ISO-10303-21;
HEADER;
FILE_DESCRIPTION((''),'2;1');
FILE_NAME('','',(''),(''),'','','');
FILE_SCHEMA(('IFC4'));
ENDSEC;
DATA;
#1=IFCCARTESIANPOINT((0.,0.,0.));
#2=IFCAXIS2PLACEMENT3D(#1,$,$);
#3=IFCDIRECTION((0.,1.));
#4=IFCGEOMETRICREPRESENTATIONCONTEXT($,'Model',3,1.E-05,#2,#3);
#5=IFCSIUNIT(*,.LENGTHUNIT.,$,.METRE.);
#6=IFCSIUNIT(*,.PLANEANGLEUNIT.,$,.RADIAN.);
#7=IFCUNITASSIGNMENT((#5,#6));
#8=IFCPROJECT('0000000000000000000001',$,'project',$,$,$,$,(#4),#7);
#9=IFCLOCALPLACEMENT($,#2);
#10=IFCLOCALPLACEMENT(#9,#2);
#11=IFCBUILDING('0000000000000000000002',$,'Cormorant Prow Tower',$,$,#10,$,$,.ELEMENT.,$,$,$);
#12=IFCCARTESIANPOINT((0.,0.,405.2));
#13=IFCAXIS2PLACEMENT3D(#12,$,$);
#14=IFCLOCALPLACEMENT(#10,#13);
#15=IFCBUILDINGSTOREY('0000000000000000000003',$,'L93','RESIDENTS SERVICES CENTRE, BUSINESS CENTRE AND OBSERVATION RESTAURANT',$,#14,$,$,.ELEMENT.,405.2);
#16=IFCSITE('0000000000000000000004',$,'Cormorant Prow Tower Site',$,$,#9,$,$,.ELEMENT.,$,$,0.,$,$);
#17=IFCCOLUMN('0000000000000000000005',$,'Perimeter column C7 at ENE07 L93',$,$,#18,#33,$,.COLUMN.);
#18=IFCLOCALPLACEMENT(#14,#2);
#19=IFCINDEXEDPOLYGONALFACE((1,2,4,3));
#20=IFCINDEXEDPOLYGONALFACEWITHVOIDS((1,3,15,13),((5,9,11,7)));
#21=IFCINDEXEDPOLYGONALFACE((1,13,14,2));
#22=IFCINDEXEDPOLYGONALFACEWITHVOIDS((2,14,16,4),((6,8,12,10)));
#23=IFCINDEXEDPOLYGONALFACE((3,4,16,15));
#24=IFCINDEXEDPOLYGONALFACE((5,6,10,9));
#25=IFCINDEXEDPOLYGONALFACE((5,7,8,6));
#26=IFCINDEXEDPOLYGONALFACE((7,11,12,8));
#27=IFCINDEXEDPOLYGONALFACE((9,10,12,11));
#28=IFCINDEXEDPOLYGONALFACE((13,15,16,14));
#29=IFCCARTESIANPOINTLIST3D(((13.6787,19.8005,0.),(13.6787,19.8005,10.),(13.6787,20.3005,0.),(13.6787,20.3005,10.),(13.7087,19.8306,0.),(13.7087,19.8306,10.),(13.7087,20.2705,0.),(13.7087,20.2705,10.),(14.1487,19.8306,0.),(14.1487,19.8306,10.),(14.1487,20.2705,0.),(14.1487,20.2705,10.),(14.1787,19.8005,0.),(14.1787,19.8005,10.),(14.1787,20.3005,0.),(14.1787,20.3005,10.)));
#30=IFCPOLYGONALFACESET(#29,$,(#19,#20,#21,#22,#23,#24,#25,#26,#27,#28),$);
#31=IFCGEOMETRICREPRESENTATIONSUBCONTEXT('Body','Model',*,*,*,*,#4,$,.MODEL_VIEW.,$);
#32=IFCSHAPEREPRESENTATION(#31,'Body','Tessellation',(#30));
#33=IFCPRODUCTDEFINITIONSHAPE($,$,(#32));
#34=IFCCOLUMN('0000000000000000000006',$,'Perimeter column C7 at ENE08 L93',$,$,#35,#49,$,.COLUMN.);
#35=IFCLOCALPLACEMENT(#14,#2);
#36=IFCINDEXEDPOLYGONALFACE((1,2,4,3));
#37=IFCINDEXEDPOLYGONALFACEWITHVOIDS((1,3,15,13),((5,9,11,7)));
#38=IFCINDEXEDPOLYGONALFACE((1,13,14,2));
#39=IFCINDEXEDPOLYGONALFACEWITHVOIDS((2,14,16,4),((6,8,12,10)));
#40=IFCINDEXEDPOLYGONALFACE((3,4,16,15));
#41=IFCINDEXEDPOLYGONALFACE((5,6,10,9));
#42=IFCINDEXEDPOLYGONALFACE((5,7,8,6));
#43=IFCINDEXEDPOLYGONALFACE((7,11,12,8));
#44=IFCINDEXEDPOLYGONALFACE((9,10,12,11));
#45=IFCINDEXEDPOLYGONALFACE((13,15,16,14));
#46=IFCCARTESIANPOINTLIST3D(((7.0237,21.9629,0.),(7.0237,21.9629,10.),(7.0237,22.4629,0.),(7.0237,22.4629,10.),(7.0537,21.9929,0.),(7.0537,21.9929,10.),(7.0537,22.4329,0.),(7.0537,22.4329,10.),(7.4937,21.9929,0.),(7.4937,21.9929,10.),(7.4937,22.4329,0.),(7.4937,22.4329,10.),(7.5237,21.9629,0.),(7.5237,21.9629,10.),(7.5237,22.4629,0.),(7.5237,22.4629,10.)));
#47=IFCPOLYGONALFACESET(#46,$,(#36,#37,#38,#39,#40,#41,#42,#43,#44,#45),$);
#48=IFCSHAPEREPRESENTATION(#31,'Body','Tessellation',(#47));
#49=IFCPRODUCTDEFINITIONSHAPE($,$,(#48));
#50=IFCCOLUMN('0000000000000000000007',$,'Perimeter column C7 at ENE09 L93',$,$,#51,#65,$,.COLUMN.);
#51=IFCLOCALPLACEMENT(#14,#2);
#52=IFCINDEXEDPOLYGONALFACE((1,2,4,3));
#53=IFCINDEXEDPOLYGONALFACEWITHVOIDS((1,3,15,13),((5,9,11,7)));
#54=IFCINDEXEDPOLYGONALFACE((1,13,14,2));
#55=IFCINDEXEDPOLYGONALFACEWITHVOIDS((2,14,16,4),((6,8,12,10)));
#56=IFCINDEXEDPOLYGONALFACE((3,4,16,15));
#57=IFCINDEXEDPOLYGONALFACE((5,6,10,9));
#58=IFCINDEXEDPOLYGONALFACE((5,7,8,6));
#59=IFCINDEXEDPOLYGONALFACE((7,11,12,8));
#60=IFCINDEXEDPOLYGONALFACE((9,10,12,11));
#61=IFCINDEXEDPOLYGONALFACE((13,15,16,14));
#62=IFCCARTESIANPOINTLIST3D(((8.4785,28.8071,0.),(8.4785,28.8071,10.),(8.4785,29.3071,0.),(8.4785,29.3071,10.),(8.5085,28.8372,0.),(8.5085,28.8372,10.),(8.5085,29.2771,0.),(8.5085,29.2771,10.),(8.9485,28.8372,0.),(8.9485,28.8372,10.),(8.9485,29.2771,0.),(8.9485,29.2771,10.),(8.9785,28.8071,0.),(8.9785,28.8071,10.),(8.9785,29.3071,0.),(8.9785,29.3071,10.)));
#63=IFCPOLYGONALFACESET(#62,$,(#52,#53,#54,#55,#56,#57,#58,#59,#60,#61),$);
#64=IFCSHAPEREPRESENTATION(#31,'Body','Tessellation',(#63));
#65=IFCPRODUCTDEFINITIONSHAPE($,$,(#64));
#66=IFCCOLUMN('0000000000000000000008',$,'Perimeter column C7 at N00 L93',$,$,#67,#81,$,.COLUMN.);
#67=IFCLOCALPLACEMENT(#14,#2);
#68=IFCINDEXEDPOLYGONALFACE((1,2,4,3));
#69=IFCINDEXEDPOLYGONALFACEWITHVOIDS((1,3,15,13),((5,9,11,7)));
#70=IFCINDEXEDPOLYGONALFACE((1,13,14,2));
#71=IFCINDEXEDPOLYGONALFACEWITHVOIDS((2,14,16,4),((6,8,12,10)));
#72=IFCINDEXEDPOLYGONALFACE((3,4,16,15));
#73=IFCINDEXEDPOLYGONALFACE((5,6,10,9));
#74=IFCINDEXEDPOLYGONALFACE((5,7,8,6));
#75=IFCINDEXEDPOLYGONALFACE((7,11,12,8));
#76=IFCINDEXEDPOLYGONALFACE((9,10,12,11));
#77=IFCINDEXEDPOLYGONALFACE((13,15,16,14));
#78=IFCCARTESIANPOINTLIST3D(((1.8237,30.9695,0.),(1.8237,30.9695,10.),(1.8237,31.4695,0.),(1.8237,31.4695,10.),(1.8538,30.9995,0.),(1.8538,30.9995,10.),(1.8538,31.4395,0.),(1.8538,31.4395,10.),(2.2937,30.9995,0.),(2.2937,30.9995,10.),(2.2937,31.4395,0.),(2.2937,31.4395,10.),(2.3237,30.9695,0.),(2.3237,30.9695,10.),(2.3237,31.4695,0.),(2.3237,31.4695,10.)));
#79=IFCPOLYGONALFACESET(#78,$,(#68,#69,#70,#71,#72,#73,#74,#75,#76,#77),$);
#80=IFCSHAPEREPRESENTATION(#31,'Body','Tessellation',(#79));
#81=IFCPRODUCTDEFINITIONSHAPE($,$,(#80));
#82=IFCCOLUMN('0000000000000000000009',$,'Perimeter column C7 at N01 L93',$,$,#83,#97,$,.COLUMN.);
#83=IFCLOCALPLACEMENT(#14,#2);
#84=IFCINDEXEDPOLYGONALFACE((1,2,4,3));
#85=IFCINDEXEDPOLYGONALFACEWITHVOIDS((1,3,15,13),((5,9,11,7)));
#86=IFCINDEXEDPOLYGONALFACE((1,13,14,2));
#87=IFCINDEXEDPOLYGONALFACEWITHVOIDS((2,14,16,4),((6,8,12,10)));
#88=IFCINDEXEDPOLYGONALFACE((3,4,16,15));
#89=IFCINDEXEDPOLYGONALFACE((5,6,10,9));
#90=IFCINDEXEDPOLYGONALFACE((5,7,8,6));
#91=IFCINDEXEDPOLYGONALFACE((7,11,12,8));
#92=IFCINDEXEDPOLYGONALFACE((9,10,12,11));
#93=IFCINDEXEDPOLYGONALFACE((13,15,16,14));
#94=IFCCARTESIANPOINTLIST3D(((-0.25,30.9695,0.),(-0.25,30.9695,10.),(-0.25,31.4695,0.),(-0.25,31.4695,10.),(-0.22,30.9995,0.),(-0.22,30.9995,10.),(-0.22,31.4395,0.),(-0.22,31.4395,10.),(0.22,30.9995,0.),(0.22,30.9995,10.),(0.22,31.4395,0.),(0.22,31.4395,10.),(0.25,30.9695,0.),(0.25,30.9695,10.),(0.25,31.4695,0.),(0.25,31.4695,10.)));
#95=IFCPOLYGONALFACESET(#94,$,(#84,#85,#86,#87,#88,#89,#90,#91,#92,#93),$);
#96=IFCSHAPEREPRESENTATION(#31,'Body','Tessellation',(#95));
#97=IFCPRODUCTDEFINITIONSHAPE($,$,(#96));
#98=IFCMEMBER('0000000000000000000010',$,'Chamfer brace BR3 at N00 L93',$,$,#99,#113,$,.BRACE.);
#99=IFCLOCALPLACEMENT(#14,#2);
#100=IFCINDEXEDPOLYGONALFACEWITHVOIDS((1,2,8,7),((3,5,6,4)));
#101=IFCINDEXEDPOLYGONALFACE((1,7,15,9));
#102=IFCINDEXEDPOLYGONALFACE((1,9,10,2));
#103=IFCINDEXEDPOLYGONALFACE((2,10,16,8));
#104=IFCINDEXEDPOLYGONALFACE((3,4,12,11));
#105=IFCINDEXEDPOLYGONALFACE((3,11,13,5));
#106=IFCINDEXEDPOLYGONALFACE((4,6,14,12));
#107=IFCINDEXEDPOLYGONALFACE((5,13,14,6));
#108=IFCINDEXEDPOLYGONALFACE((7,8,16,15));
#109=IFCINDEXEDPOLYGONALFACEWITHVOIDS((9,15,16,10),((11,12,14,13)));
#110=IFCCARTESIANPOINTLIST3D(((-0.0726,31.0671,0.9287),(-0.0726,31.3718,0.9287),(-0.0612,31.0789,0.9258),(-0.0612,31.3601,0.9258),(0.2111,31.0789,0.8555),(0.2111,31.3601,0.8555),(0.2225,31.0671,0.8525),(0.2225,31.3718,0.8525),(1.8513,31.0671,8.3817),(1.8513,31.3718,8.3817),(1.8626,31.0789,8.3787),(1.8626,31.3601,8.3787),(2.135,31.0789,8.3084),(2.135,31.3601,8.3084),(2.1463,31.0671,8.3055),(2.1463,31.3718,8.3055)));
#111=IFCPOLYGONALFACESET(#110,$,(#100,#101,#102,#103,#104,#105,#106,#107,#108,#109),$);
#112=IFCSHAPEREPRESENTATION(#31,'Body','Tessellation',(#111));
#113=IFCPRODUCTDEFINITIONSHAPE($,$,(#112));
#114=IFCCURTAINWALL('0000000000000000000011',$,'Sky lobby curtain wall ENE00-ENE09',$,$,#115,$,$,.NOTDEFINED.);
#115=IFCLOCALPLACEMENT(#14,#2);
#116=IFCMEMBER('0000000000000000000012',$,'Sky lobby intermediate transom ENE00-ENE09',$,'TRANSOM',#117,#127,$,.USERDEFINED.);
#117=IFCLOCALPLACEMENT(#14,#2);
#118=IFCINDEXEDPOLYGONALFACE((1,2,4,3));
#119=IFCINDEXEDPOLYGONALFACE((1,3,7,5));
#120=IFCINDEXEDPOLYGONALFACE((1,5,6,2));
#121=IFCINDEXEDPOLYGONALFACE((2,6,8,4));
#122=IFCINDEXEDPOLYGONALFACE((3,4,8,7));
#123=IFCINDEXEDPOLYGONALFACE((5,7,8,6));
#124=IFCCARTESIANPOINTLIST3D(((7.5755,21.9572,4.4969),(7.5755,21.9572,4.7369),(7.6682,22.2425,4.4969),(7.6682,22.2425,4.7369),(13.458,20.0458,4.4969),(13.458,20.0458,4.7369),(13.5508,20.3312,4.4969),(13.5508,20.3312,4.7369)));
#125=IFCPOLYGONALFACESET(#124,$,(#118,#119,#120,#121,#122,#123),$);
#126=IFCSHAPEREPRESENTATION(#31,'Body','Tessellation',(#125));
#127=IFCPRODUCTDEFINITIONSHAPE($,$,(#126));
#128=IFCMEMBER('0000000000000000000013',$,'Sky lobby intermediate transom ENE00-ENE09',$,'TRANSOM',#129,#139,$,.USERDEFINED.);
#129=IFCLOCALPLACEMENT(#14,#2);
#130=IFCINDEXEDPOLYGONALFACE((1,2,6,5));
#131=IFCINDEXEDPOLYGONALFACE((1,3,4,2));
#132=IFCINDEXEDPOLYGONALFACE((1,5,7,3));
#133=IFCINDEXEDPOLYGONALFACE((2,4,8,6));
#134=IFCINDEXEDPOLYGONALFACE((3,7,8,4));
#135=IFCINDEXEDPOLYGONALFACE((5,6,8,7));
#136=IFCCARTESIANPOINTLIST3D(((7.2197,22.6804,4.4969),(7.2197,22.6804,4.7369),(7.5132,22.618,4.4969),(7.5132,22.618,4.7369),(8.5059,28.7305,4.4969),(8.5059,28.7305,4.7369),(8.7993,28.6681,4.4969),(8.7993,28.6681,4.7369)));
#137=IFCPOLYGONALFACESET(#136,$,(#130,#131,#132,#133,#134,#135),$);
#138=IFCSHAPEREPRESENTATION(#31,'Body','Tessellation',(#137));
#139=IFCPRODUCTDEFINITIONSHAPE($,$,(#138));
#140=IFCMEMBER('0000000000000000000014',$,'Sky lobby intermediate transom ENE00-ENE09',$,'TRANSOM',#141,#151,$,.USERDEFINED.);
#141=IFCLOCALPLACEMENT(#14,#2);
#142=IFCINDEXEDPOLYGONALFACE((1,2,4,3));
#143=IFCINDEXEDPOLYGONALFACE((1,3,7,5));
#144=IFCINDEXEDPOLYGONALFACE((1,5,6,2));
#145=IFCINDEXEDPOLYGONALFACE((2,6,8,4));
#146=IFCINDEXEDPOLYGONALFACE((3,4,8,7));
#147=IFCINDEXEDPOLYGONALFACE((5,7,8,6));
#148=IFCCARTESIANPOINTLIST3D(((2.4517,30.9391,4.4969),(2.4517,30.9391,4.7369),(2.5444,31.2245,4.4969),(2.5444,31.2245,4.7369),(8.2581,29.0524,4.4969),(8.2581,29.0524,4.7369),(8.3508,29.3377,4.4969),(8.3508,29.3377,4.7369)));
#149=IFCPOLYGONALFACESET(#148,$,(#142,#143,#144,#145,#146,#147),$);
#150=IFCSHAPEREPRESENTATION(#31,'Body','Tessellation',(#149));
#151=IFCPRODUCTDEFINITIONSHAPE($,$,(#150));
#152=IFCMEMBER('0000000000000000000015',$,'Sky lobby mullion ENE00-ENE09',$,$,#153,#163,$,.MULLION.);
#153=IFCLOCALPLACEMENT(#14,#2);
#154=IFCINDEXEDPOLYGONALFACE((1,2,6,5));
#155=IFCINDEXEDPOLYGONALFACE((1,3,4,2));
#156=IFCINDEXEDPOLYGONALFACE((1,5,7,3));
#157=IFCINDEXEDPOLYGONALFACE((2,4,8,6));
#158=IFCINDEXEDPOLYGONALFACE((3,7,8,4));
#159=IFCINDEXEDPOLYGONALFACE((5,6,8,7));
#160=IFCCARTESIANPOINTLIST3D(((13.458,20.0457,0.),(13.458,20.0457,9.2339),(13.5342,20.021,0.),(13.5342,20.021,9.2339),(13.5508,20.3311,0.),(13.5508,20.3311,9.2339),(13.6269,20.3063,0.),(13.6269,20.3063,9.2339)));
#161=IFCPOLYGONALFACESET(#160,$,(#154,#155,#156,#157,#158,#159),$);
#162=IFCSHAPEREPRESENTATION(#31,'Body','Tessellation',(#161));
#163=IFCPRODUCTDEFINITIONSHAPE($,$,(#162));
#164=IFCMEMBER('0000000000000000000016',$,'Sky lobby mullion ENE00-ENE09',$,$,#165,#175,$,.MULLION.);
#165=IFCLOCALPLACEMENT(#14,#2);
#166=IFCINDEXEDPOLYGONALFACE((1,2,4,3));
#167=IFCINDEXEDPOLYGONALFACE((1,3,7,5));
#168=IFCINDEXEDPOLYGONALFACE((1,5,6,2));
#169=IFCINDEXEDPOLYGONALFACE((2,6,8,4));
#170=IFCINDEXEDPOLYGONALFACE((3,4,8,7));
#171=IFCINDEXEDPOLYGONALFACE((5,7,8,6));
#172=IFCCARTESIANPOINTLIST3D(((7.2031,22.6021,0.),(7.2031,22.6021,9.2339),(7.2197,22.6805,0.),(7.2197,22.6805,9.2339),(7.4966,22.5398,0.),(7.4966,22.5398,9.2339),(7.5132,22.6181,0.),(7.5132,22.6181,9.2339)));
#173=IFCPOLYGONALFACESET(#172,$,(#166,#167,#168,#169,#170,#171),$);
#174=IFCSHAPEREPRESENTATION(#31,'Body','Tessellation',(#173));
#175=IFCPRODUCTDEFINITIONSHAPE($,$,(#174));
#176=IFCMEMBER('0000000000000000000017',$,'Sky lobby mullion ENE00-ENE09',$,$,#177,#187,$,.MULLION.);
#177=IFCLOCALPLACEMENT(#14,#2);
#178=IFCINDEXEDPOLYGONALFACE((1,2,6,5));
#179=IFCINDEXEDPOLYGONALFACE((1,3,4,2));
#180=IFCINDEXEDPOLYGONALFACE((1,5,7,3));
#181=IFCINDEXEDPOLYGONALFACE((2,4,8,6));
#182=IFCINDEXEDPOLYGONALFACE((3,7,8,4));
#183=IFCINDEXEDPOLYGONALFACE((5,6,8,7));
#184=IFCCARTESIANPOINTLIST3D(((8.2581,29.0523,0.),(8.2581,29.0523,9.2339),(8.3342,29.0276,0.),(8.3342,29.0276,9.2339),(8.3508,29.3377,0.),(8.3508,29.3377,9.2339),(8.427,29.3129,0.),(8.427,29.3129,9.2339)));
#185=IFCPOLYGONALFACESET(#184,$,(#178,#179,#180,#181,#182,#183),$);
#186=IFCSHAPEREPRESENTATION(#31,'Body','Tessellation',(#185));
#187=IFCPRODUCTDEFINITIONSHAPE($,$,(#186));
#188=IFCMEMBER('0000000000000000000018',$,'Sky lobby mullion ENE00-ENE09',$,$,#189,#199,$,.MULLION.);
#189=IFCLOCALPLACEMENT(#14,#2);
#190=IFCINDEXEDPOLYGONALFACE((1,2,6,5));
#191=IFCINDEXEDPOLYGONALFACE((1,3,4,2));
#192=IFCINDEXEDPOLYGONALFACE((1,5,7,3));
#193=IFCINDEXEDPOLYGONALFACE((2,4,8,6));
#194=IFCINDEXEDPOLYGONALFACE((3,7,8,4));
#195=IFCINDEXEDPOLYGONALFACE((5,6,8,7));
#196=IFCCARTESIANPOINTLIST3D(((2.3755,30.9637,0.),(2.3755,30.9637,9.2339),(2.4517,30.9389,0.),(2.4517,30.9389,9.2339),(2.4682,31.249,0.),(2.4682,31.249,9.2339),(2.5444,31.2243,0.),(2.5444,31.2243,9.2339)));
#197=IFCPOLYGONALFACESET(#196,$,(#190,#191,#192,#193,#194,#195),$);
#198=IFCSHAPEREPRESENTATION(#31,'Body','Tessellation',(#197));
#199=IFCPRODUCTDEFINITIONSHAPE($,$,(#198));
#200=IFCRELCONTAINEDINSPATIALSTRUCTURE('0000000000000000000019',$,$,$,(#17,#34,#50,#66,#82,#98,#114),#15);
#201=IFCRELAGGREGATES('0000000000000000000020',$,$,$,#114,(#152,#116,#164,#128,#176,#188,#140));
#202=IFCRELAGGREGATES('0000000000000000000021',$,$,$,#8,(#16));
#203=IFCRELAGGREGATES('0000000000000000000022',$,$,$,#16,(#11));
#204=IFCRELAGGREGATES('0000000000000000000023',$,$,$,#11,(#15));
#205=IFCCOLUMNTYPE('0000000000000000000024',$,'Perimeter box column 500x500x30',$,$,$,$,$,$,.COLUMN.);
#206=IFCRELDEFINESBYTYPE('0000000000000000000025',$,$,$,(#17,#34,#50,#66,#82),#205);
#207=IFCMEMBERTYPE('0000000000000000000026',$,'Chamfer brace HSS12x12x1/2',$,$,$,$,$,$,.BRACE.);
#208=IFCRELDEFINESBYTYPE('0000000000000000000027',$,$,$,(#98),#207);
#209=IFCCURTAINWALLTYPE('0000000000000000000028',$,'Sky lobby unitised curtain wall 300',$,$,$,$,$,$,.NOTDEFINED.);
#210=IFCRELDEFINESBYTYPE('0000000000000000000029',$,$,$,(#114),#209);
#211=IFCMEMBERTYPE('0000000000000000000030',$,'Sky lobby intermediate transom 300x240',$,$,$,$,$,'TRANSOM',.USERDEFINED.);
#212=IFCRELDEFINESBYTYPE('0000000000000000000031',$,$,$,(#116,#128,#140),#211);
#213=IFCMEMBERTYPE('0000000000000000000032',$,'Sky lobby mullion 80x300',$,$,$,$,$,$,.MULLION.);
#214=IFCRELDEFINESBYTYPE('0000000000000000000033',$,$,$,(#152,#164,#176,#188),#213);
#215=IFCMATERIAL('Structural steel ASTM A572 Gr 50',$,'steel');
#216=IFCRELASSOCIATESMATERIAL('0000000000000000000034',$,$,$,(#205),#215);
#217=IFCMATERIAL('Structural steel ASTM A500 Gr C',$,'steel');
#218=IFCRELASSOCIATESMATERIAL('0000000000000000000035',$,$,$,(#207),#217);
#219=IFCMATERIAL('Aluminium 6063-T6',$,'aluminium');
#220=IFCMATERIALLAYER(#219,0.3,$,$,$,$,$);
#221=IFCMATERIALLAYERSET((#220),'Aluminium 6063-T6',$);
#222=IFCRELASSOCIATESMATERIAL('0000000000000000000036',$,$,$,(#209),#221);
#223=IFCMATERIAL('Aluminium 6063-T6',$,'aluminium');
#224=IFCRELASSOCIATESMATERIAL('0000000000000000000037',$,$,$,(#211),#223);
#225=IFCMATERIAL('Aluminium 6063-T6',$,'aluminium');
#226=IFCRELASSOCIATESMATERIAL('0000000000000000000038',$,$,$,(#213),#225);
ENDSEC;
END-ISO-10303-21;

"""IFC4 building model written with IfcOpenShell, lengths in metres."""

from ifc_helpers import new_model, si_unit, direction, frame, origin, origin_2d, place, context, subcontext, project, spatial, rectangle, hollow_rectangle, extrude, material, layer, layer_set, material_profile, profile_set, type_object, element, aggregate, save


model = new_model("IFC4")

# Units and contexts
model_context = context("Model", 3, precision=1e-05, world=origin(), true_north=direction((0.0, 1.0)))
body_context = subcontext(model_context, "Body", "Model", "MODEL_VIEW")
ifc_project = project(units=[si_unit("LENGTHUNIT", "METRE"), si_unit("PLANEANGLEUNIT", "RADIAN")], contexts=[model_context])

# Site, building, storey
site_placement = place(None, origin())
site = spatial("IfcSite", under=ifc_project, at=site_placement, Name="Cormorant Prow Tower Site", CompositionType="ELEMENT", RefElevation=0.0)
building_placement = place(site_placement, origin())
building = spatial("IfcBuilding", under=site, at=building_placement, Name="Cormorant Prow Tower", CompositionType="ELEMENT")
storey_placement = place(building_placement, frame((0.0, 0.0, 405.2)))
storey = spatial("IfcBuildingStorey", under=building, at=storey_placement, Name="L93", Description="RESIDENTS SERVICES CENTRE, BUSINESS CENTRE AND OBSERVATION RESTAURANT", CompositionType="ELEMENT", Elevation=405.2)

# Columns
ifc_material_1 = material(Name="Structural steel ASTM A572 Gr 50", Category="steel")
ifc_material_profile_1 = material_profile(ifc_material_1, hollow_rectangle(XDim=0.5, YDim=0.5, WallThickness=0.03, at=origin_2d()), Name="Box 500x500x30")
ifc_profile_set_1 = profile_set([ifc_material_profile_1], Name="Structural steel ASTM A572 Gr 50")
column_type = type_object("IfcColumnType", Name="Perimeter box column 500x500x30", PredefinedType="COLUMN", material=ifc_profile_set_1)
for number, where, z_axis, x_axis, name in (
    (1, (13.9287, 20.0505, 0.0), (0.0, 0.0, 1.0), (1.0, 0.0, 0.0), "Perimeter column C7 at ENE07 L93"),
    (2, (7.2737, 22.2129, 0.0), (0.0, 0.0, 1.0), (1.0, 0.0, 0.0), "Perimeter column C7 at ENE08 L93"),
    (3, (8.7285, 29.0571, 0.0), (0.0, 0.0, 1.0), (1.0, 0.0, 0.0), "Perimeter column C7 at ENE09 L93"),
    (4, (2.0737, 31.2195, 0.0), (0.0, 0.0, 1.0), (1.0, 0.0, 0.0), "Perimeter column C7 at N00 L93"),
    (5, (0.0, 31.2195, 0.0), (0.0, 0.0, 1.0), (1.0, 0.0, 0.0), "Perimeter column C7 at N01 L93"),
):
    element("IfcColumn", number, at=place(storey_placement, frame(where, z_axis=z_axis, x_axis=x_axis)), inside=storey, type_object=column_type, Name=name, PredefinedType="COLUMN", context=body_context, shape_type="SweptSolid", body=[
        extrude(hollow_rectangle(XDim=0.5, YDim=0.5, WallThickness=0.03, at=origin_2d()), origin(), (0.0, 0.0, 1.0), 10.0),
    ])

# Member
ifc_material_2 = material(Name="Structural steel ASTM A500 Gr C", Category="steel")
ifc_material_profile_2 = material_profile(ifc_material_2, hollow_rectangle(XDim=0.3047, YDim=0.3047, WallThickness=0.0117, at=origin_2d()), Name="HSS12x12x1/2")
ifc_profile_set_2 = profile_set([ifc_material_profile_2], Name="Structural steel ASTM A500 Gr C")
member_type_1 = type_object("IfcMemberType", Name="Chamfer brace HSS12x12x1/2", PredefinedType="BRACE", material=ifc_profile_set_2)
member_1_placement = place(storey_placement, frame((0.075, 31.2195, 0.8906), z_axis=(0.249939, 0.0, 0.968261), x_axis=(0.0, 1.0, 0.0)))
element("IfcMember", 6, at=member_1_placement, inside=storey, type_object=member_type_1, Name="Chamfer brace BR3 at N00 L93", PredefinedType="BRACE", context=body_context, shape_type="SweptSolid", body=[
    extrude(hollow_rectangle(XDim=0.3047, YDim=0.3047, WallThickness=0.0117, at=origin_2d()), origin(), (0.0, 0.0, 1.0), 7.6973),
])

# Curtain wall, members
ifc_material_3 = material(Name="Aluminium 6063-T6", Category="aluminium")
ifc_layer_1 = layer(ifc_material_3, 0.3)
ifc_layer_set_1 = layer_set([ifc_layer_1], Name="Aluminium 6063-T6")
curtain_wall_type = type_object("IfcCurtainWallType", Name="Sky lobby unitised curtain wall 300", PredefinedType="NOTDEFINED", material=ifc_layer_set_1)
curtain_wall_placement = place(storey_placement, origin())
curtain_wall = element("IfcCurtainWall", 7, at=curtain_wall_placement, inside=storey, type_object=curtain_wall_type, Name="Sky lobby curtain wall ENE00-ENE09", PredefinedType="NOTDEFINED")
ifc_material_4 = material(Name="Aluminium 6063-T6", Category="aluminium")
ifc_material_profile_3 = material_profile(ifc_material_4, rectangle(XDim=0.3, YDim=0.24, at=origin_2d()), Name="Sky lobby intermediate transom 300x240")
ifc_profile_set_3 = profile_set([ifc_material_profile_3], Name="Aluminium 6063-T6")
member_type_2 = type_object("IfcMemberType", Name="Sky lobby intermediate transom 300x240", ElementType="TRANSOM", PredefinedType="USERDEFINED", material=ifc_profile_set_3)
member_2_placement = place(storey_placement, frame((13.5044, 20.1885, 4.6169), z_axis=(-0.951056, 0.309019, 0.0), x_axis=(-0.309019, -0.951056, 0.0)))
member_2 = element("IfcMember", 8, at=member_2_placement, type_object=member_type_2, Name="Sky lobby intermediate transom ENE00-ENE09", ObjectType="TRANSOM", PredefinedType="USERDEFINED", context=body_context, shape_type="SweptSolid", body=[
    extrude(rectangle(XDim=0.3, YDim=0.24, at=origin_2d()), origin(), (0.0, 0.0, 1.0), 6.1853),
])
member_3_placement = place(storey_placement, frame((7.3665, 22.6492, 4.6169), z_axis=(0.207936, 0.978142, 0.0), x_axis=(-0.978142, 0.207936, 0.0)))
member_3 = element("IfcMember", 9, at=member_3_placement, type_object=member_type_2, Name="Sky lobby intermediate transom ENE00-ENE09", ObjectType="TRANSOM", PredefinedType="USERDEFINED", context=body_context, shape_type="SweptSolid", body=[
    extrude(rectangle(XDim=0.3, YDim=0.24, at=origin_2d()), origin(), (0.0, 0.0, 1.0), 6.1853),
])
member_4_placement = place(storey_placement, frame((8.3044, 29.1951, 4.6169), z_axis=(-0.951051, 0.309033, 0.0), x_axis=(-0.309033, -0.951051, 0.0)))
member_4 = element("IfcMember", 10, at=member_4_placement, type_object=member_type_2, Name="Sky lobby intermediate transom ENE00-ENE09", ObjectType="TRANSOM", PredefinedType="USERDEFINED", context=body_context, shape_type="SweptSolid", body=[
    extrude(rectangle(XDim=0.3, YDim=0.24, at=origin_2d()), origin(), (0.0, 0.0, 1.0), 6.1052),
])
ifc_material_5 = material(Name="Aluminium 6063-T6", Category="aluminium")
ifc_material_profile_4 = material_profile(ifc_material_5, rectangle(XDim=0.3, YDim=0.0801, at=origin_2d()), Name="Sky lobby mullion 80x300")
ifc_profile_set_4 = profile_set([ifc_material_profile_4], Name="Aluminium 6063-T6")
member_type_3 = type_object("IfcMemberType", Name="Sky lobby mullion 80x300", PredefinedType="MULLION", material=ifc_profile_set_4)
member_5_placement = place(storey_placement, frame((13.5425, 20.176, 0.0), z_axis=(0.0, 0.0, 1.0), x_axis=(-0.309017, -0.951057, 0.0)))
member_5 = element("IfcMember", 11, at=member_5_placement, type_object=member_type_3, Name="Sky lobby mullion ENE00-ENE09", PredefinedType="MULLION", context=body_context, shape_type="SweptSolid", body=[
    extrude(rectangle(XDim=0.3, YDim=0.0801, at=origin_2d()), origin(), (0.0, 0.0, 1.0), 9.2339),
])
member_6_placement = place(storey_placement, frame((7.3582, 22.6101, 0.0), z_axis=(0.0, 0.0, 1.0), x_axis=(-0.978148, 0.207912, 0.0)))
member_6 = element("IfcMember", 12, at=member_6_placement, type_object=member_type_3, Name="Sky lobby mullion ENE00-ENE09", PredefinedType="MULLION", context=body_context, shape_type="SweptSolid", body=[
    extrude(rectangle(XDim=0.3, YDim=0.0801, at=origin_2d()), origin(), (0.0, 0.0, 1.0), 9.2339),
])
member_7_placement = place(storey_placement, frame((8.3425, 29.1826, 0.0), z_axis=(0.0, 0.0, 1.0), x_axis=(-0.309017, -0.951056, 0.0)))
member_7 = element("IfcMember", 13, at=member_7_placement, type_object=member_type_3, Name="Sky lobby mullion ENE00-ENE09", PredefinedType="MULLION", context=body_context, shape_type="SweptSolid", body=[
    extrude(rectangle(XDim=0.3, YDim=0.0801, at=origin_2d()), origin(), (0.0, 0.0, 1.0), 9.2339),
])
member_8_placement = place(storey_placement, frame((2.46, 31.094, 0.0), z_axis=(0.0, 0.0, 1.0), x_axis=(-0.309017, -0.951056, 0.0)))
member_8 = element("IfcMember", 14, at=member_8_placement, type_object=member_type_3, Name="Sky lobby mullion ENE00-ENE09", PredefinedType="MULLION", context=body_context, shape_type="SweptSolid", body=[
    extrude(rectangle(XDim=0.3, YDim=0.0801, at=origin_2d()), origin(), (0.0, 0.0, 1.0), 9.2339),
])

aggregate(curtain_wall, [member_5, member_2, member_6, member_3, member_7, member_8, member_4])

save(model, "model.ifc")
